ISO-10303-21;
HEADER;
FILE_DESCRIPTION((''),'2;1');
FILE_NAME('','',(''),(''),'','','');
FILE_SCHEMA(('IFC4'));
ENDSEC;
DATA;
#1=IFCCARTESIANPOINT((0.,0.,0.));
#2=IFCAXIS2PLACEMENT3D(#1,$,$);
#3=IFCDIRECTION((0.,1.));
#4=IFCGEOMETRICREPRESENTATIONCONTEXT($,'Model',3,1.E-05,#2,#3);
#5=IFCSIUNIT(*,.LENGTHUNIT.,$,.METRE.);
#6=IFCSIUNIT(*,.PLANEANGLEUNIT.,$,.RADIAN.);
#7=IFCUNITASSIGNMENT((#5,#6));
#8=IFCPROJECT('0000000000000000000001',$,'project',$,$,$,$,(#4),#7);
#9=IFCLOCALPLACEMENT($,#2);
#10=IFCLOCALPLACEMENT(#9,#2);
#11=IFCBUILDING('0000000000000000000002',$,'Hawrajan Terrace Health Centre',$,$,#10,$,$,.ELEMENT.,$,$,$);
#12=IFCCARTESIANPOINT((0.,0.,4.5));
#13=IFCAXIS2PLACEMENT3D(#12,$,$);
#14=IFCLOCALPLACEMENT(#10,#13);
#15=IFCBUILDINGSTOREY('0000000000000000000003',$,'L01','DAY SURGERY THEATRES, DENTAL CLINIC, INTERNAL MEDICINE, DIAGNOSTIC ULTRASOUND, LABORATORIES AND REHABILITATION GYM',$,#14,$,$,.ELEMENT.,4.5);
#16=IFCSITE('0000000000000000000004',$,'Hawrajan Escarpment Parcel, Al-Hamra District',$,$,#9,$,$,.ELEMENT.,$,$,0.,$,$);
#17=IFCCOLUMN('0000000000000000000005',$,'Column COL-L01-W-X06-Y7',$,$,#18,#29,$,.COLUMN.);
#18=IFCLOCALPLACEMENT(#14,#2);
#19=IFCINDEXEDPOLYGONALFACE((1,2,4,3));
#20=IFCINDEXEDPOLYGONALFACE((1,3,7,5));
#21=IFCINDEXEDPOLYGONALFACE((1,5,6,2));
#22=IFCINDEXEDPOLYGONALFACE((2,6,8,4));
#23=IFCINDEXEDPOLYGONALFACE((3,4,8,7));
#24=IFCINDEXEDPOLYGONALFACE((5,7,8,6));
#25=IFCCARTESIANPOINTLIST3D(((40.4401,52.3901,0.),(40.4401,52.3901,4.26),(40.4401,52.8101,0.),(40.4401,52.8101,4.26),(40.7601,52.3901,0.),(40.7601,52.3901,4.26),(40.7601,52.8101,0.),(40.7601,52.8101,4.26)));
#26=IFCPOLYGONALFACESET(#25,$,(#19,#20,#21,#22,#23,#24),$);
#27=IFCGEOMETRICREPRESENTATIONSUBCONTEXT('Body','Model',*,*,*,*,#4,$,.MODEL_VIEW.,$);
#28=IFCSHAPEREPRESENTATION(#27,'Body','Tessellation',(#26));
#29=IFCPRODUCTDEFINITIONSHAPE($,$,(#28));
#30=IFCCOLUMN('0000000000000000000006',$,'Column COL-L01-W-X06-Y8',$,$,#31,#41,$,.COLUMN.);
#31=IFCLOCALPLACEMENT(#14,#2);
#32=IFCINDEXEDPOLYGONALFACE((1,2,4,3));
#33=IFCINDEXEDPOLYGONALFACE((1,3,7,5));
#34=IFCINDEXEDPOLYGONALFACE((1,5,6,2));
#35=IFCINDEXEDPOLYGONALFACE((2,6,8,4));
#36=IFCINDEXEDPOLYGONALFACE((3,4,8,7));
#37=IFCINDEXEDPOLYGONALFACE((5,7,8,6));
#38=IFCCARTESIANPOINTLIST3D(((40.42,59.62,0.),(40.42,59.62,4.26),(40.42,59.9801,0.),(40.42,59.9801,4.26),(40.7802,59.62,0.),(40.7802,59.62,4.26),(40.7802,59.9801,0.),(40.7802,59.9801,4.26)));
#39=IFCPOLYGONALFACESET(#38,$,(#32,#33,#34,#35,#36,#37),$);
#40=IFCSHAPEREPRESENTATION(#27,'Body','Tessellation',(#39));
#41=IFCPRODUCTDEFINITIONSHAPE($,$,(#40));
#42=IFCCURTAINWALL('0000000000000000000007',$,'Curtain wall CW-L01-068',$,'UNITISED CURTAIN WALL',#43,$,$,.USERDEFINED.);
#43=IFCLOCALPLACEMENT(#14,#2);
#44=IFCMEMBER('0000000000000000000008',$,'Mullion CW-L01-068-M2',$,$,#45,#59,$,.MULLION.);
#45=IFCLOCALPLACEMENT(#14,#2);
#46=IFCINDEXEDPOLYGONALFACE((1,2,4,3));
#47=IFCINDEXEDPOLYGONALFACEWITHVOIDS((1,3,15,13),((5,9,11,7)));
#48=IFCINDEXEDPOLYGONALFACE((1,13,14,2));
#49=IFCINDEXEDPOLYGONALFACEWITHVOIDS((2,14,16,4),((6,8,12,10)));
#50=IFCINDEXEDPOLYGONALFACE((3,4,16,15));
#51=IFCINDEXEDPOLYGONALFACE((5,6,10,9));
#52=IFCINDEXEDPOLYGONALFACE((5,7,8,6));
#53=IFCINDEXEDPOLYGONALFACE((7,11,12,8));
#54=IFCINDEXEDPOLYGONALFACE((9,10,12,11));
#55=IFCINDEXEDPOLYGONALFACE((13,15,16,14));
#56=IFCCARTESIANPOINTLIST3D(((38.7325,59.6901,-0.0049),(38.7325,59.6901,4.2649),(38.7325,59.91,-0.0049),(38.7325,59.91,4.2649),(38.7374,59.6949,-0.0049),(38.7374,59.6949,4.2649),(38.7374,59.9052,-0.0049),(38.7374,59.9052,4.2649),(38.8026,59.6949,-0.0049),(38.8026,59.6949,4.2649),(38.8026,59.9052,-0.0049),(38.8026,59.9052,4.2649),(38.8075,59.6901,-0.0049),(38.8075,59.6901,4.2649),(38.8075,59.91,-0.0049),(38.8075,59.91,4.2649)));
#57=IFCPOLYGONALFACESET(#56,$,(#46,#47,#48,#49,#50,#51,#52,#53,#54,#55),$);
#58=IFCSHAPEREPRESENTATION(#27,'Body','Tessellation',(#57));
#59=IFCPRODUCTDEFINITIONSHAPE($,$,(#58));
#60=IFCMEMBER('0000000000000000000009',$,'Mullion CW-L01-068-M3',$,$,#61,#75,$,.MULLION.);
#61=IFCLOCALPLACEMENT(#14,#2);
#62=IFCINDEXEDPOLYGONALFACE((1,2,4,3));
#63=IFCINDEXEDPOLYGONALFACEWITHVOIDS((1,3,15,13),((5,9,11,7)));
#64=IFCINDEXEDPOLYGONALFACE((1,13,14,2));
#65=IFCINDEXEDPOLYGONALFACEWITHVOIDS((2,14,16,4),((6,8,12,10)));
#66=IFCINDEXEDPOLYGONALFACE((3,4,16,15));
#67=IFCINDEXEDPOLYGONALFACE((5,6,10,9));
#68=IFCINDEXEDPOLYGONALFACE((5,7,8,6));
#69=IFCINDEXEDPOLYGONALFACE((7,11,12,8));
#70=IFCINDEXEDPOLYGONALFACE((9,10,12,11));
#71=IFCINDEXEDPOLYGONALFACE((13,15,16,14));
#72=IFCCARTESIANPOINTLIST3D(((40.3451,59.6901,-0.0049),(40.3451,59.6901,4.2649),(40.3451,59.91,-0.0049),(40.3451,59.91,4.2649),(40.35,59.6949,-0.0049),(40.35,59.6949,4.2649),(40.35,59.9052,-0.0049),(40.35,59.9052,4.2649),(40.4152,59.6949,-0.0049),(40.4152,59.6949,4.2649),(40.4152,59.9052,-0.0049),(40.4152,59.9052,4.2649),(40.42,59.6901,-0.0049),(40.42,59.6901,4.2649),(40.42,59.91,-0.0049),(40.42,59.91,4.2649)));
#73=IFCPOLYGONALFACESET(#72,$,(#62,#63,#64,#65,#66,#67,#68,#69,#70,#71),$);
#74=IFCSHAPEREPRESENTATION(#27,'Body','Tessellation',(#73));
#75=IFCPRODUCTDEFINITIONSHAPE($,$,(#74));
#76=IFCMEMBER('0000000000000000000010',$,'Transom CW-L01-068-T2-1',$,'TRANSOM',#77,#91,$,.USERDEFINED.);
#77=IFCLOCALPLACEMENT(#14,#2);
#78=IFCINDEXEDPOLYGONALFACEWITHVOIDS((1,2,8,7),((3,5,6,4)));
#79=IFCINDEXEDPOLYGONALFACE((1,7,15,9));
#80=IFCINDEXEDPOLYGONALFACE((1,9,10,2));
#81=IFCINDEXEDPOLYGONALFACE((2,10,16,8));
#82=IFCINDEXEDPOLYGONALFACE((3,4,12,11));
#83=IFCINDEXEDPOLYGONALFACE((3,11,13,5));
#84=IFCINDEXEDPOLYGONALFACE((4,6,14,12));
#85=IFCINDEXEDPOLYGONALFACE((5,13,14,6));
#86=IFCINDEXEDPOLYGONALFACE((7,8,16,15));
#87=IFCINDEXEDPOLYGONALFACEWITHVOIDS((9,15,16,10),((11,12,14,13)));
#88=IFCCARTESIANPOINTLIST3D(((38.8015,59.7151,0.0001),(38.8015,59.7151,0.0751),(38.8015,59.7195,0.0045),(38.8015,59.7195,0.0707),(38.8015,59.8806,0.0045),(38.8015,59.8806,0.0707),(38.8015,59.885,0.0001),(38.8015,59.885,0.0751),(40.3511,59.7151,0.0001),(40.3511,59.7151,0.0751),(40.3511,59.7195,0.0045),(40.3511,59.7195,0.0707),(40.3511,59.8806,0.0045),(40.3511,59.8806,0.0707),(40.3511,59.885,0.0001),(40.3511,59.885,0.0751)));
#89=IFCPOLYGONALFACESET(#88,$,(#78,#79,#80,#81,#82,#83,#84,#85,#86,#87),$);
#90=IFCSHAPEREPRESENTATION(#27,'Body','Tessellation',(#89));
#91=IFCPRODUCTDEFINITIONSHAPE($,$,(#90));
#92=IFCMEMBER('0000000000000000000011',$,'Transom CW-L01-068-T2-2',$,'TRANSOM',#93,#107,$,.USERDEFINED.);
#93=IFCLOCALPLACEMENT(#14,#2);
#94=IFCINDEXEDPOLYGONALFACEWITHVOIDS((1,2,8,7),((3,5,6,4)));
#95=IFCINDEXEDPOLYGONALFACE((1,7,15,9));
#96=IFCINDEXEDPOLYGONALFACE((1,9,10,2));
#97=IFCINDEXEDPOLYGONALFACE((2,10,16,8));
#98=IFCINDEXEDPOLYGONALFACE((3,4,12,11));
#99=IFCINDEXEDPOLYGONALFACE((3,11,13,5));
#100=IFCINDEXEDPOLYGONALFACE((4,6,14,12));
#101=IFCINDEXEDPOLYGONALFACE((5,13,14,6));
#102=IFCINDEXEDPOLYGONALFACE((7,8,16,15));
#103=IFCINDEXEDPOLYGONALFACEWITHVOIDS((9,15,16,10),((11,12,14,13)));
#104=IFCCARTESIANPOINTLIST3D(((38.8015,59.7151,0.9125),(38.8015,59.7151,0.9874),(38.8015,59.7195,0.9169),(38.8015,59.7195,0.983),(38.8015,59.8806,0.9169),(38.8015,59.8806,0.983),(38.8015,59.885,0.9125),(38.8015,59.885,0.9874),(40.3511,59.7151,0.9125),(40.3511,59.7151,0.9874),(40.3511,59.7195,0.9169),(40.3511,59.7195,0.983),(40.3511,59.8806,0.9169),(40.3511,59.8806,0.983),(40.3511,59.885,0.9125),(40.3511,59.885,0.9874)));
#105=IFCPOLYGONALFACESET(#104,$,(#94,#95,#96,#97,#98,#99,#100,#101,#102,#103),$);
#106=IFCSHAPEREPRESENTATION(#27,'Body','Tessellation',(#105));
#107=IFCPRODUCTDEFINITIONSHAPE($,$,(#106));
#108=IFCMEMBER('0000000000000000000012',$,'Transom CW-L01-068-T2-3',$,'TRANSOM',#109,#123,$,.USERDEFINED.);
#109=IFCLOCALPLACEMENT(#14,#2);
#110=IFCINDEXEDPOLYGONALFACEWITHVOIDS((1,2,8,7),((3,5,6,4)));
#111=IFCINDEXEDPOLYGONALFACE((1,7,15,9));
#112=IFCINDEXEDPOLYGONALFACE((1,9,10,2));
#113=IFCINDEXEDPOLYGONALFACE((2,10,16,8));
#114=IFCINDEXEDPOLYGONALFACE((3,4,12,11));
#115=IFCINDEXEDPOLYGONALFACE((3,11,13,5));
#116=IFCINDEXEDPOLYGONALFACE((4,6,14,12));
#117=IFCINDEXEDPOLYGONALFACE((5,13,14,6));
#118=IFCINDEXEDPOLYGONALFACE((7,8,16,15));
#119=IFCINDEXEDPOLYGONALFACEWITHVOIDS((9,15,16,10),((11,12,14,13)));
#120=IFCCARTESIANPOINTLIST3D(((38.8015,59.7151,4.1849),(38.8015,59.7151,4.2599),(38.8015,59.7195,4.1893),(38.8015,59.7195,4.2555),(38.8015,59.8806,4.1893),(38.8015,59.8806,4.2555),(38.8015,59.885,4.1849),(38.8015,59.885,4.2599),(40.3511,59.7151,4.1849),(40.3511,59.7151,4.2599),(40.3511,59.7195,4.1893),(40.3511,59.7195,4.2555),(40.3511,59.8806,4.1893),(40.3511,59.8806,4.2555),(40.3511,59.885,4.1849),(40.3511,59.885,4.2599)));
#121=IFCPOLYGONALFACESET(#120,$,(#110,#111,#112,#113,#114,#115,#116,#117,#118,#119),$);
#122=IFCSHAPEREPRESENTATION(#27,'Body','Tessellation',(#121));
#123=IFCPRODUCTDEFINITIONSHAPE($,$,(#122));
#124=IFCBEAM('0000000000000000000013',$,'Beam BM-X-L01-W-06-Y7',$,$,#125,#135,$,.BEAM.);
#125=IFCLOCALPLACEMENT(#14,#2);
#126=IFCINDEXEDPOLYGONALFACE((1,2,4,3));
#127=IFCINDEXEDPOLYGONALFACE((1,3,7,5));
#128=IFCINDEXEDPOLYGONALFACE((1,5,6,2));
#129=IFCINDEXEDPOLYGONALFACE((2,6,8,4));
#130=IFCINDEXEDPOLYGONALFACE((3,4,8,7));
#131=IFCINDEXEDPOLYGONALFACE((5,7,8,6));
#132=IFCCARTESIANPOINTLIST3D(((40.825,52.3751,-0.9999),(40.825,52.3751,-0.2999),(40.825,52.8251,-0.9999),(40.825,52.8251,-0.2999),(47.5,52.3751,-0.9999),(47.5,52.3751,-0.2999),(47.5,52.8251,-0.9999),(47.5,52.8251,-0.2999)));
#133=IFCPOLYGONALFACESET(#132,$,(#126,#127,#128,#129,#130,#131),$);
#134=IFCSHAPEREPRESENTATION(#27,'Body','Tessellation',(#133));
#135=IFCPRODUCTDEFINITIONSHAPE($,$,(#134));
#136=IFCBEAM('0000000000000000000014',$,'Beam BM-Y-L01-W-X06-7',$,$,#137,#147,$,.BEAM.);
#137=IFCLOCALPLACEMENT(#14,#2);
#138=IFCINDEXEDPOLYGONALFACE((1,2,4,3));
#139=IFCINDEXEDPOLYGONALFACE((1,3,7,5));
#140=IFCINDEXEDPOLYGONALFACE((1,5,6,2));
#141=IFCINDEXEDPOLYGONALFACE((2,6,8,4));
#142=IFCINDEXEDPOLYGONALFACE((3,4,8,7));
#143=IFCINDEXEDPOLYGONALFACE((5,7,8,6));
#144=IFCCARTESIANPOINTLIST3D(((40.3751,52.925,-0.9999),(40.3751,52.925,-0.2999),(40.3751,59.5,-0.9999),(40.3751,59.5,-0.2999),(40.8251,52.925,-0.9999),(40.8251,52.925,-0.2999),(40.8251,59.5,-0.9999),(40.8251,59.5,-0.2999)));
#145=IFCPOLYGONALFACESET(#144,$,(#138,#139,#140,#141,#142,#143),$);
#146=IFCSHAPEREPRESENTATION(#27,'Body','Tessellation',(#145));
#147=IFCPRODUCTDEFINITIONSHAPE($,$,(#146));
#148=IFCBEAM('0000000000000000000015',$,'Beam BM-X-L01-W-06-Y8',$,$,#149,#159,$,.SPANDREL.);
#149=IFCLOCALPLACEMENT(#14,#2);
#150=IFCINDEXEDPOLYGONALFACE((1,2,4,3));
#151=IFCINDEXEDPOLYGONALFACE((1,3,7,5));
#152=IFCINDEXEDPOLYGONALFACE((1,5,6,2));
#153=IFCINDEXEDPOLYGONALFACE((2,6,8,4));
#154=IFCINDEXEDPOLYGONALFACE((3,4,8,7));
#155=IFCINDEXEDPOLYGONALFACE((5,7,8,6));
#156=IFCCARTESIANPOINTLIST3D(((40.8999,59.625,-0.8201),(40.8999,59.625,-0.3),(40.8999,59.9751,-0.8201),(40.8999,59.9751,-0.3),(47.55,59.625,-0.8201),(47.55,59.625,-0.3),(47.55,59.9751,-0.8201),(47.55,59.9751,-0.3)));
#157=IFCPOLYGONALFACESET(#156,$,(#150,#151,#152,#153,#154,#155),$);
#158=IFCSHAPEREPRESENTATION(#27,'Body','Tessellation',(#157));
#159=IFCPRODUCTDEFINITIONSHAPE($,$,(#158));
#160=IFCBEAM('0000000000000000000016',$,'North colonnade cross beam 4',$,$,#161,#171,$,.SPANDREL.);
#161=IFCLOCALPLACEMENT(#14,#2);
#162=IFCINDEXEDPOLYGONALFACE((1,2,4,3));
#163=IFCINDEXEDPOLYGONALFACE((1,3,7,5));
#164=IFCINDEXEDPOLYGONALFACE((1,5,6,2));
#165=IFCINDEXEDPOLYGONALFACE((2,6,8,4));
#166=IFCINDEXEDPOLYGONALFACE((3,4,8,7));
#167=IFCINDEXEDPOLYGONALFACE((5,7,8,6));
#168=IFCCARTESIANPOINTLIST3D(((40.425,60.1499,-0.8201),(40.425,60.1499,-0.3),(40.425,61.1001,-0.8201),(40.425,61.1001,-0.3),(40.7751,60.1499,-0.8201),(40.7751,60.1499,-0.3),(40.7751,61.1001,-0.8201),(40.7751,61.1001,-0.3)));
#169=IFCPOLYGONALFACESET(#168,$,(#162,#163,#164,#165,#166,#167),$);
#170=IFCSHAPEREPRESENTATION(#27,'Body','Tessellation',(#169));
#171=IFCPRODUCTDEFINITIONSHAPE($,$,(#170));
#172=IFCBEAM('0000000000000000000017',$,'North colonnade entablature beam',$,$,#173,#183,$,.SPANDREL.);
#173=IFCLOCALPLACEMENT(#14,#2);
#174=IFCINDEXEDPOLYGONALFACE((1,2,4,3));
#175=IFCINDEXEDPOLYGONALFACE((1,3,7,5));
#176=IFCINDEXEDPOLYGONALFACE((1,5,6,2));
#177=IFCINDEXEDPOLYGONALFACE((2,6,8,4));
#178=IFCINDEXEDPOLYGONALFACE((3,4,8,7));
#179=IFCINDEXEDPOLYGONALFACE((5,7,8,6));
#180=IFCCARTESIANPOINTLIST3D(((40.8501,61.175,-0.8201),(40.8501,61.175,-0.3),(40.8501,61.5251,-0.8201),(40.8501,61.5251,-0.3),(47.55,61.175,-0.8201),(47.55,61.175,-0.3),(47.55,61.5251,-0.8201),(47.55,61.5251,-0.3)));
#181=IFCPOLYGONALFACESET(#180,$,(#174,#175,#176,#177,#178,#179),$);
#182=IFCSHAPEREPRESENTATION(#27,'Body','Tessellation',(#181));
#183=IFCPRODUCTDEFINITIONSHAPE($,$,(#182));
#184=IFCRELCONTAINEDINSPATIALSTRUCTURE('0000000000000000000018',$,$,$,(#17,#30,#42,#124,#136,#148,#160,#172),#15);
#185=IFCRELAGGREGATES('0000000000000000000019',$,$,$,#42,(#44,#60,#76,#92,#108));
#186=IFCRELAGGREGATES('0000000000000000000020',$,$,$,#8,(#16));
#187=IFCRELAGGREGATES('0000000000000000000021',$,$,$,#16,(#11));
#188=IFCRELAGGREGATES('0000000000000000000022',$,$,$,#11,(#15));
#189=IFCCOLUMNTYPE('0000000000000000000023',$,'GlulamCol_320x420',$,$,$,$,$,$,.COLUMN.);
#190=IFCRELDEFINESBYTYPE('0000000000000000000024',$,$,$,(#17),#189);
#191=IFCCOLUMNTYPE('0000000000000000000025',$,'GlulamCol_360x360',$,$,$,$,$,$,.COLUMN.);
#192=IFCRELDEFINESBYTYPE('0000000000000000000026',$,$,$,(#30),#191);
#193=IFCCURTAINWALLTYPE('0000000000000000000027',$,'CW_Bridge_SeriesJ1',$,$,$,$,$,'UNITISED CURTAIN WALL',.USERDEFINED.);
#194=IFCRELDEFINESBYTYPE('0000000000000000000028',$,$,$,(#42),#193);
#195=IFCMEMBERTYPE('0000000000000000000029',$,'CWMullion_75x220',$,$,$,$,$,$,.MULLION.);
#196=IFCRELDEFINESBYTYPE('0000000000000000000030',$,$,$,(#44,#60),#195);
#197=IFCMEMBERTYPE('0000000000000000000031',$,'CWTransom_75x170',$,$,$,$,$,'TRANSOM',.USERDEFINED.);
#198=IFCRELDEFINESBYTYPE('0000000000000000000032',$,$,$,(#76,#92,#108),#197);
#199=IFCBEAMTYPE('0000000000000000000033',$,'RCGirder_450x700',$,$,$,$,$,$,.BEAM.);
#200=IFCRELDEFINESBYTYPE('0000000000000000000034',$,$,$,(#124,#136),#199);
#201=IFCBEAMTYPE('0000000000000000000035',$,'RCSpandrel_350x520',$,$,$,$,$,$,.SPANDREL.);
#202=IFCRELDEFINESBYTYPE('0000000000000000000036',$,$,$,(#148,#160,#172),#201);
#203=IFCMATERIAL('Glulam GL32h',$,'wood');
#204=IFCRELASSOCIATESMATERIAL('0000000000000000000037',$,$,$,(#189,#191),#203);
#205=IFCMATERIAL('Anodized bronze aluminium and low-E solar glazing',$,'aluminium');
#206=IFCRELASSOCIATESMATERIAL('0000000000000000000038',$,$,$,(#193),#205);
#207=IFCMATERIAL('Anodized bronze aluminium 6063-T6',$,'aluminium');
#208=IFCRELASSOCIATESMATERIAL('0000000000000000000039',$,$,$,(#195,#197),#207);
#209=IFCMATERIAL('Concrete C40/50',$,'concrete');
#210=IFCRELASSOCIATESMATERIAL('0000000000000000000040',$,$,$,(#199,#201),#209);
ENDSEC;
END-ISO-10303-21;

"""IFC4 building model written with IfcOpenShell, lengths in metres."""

from ifc_helpers import new_model, si_unit, direction, frame, origin, origin_2d, place, context, subcontext, project, spatial, rectangle, hollow_rectangle, extrude, material, material_profile, profile_set, type_object, element, aggregate, save


model = new_model("IFC4")

# Units and contexts
model_context = context("Model", 3, precision=1e-05, world=origin(), true_north=direction((0.0, 1.0)))
body_context = subcontext(model_context, "Body", "Model", "MODEL_VIEW")
ifc_project = project(units=[si_unit("LENGTHUNIT", "METRE"), si_unit("PLANEANGLEUNIT", "RADIAN")], contexts=[model_context])

# Site, building, storey
site_placement = place(None, origin())
site = spatial("IfcSite", under=ifc_project, at=site_placement, Name="Hawrajan Escarpment Parcel, Al-Hamra District", CompositionType="ELEMENT", RefElevation=0.0)
building_placement = place(site_placement, origin())
building = spatial("IfcBuilding", under=site, at=building_placement, Name="Hawrajan Terrace Health Centre", CompositionType="ELEMENT")
storey_placement = place(building_placement, frame((0.0, 0.0, 4.5)))
storey = spatial("IfcBuildingStorey", under=building, at=storey_placement, Name="L01", Description="DAY SURGERY THEATRES, DENTAL CLINIC, INTERNAL MEDICINE, DIAGNOSTIC ULTRASOUND, LABORATORIES AND REHABILITATION GYM", CompositionType="ELEMENT", Elevation=4.5)

# Columns
ifc_material_1 = material(Name="Glulam GL32h", Category="wood")
ifc_material_profile_1 = material_profile(ifc_material_1, rectangle(XDim=0.3201, YDim=0.4199, at=origin_2d()), Name="GL 320x420")
ifc_profile_set_1 = profile_set([ifc_material_profile_1], Name="Glulam GL32h")
column_type_1 = type_object("IfcColumnType", Name="GlulamCol_320x420", PredefinedType="COLUMN", material=ifc_profile_set_1)
column_1_placement = place(storey_placement, frame((40.6001, 52.6001, 0.0), z_axis=(0.0, 0.0, 1.0), x_axis=(1.0, 0.0, 0.0)))
element("IfcColumn", 1, at=column_1_placement, inside=storey, type_object=column_type_1, Name="Column COL-L01-W-X06-Y7", PredefinedType="COLUMN", context=body_context, shape_type="SweptSolid", body=[
    extrude(rectangle(XDim=0.3201, YDim=0.4199, at=origin_2d()), origin(), (0.0, 0.0, 1.0), 4.26),
])
ifc_material_profile_2 = material_profile(ifc_material_1, rectangle(XDim=0.3601, YDim=0.3601, at=origin_2d()), Name="GL 360x360")
ifc_profile_set_2 = profile_set([ifc_material_profile_2], Name="Glulam GL32h")
column_type_2 = type_object("IfcColumnType", Name="GlulamCol_360x360", PredefinedType="COLUMN", material=ifc_profile_set_2)
column_2_placement = place(storey_placement, frame((40.6001, 59.8, 0.0), z_axis=(0.0, 0.0, 1.0), x_axis=(1.0, 0.0, 0.0)))
element("IfcColumn", 2, at=column_2_placement, inside=storey, type_object=column_type_2, Name="Column COL-L01-W-X06-Y8", PredefinedType="COLUMN", context=body_context, shape_type="SweptSolid", body=[
    extrude(rectangle(XDim=0.3601, YDim=0.3601, at=origin_2d()), origin(), (0.0, 0.0, 1.0), 4.26),
])

# Curtain wall, members
ifc_material_2 = material(Name="Anodized bronze aluminium and low-E solar glazing", Category="aluminium")
curtain_wall_type = type_object("IfcCurtainWallType", Name="CW_Bridge_SeriesJ1", ElementType="UNITISED CURTAIN WALL", PredefinedType="USERDEFINED", material=ifc_material_2)
curtain_wall_placement = place(storey_placement, origin())
curtain_wall = element("IfcCurtainWall", 3, at=curtain_wall_placement, inside=storey, type_object=curtain_wall_type, Name="Curtain wall CW-L01-068", ObjectType="UNITISED CURTAIN WALL", PredefinedType="USERDEFINED")
ifc_material_3 = material(Name="Anodized bronze aluminium 6063-T6", Category="aluminium")
ifc_material_profile_3 = material_profile(ifc_material_3, hollow_rectangle(XDim=0.075, YDim=0.22, WallThickness=0.0049, at=origin_2d()), Name="CW MUL 75x220")
ifc_profile_set_3 = profile_set([ifc_material_profile_3], Name="Anodized bronze aluminium 6063-T6")
member_type_1 = type_object("IfcMemberType", Name="CWMullion_75x220", PredefinedType="MULLION", material=ifc_profile_set_3)
member_1_placement = place(storey_placement, frame((38.77, 59.8, -0.0049), z_axis=(0.0, 0.0, 1.0), x_axis=(1.0, 0.0, 0.0)))
member_1 = element("IfcMember", 4, at=member_1_placement, type_object=member_type_1, Name="Mullion CW-L01-068-M2", PredefinedType="MULLION", context=body_context, shape_type="SweptSolid", body=[
    extrude(hollow_rectangle(XDim=0.075, YDim=0.22, WallThickness=0.0049, at=origin_2d()), origin(), (0.0, 0.0, 1.0), 4.2698),
])
member_2_placement = place(storey_placement, frame((40.3826, 59.8, -0.0049), z_axis=(0.0, 0.0, 1.0), x_axis=(1.0, 0.0, 0.0)))
member_2 = element("IfcMember", 5, at=member_2_placement, type_object=member_type_1, Name="Mullion CW-L01-068-M3", PredefinedType="MULLION", context=body_context, shape_type="SweptSolid", body=[
    extrude(hollow_rectangle(XDim=0.075, YDim=0.22, WallThickness=0.0049, at=origin_2d()), origin(), (0.0, 0.0, 1.0), 4.2698),
])
ifc_material_profile_4 = material_profile(ifc_material_3, hollow_rectangle(XDim=0.075, YDim=0.1699, WallThickness=0.0044, at=origin_2d()), Name="CW TRN 75x170")
ifc_profile_set_4 = profile_set([ifc_material_profile_4], Name="Anodized bronze aluminium 6063-T6")
member_type_2 = type_object("IfcMemberType", Name="CWTransom_75x170", ElementType="TRANSOM", PredefinedType="USERDEFINED", material=ifc_profile_set_4)
member_3_placement = place(storey_placement, frame((38.8015, 59.8, 0.0376), z_axis=(1.0, 0.0, 0.0), x_axis=(0.0, 0.0, 1.0)))
member_3 = element("IfcMember", 6, at=member_3_placement, type_object=member_type_2, Name="Transom CW-L01-068-T2-1", ObjectType="TRANSOM", PredefinedType="USERDEFINED", context=body_context, shape_type="SweptSolid", body=[
    extrude(hollow_rectangle(XDim=0.075, YDim=0.1699, WallThickness=0.0044, at=origin_2d()), origin(), (0.0, 0.0, 1.0), 1.5496),
])
member_4_placement = place(storey_placement, frame((38.8015, 59.8, 0.95), z_axis=(1.0, 0.0, 0.0), x_axis=(0.0, 0.0, 1.0)))
member_4 = element("IfcMember", 7, at=member_4_placement, type_object=member_type_2, Name="Transom CW-L01-068-T2-2", ObjectType="TRANSOM", PredefinedType="USERDEFINED", context=body_context, shape_type="SweptSolid", body=[
    extrude(hollow_rectangle(XDim=0.075, YDim=0.1699, WallThickness=0.0044, at=origin_2d()), origin(), (0.0, 0.0, 1.0), 1.5496),
])
member_5_placement = place(storey_placement, frame((38.8015, 59.8, 4.2224), z_axis=(1.0, 0.0, 0.0), x_axis=(0.0, 0.0, 1.0)))
member_5 = element("IfcMember", 8, at=member_5_placement, type_object=member_type_2, Name="Transom CW-L01-068-T2-3", ObjectType="TRANSOM", PredefinedType="USERDEFINED", context=body_context, shape_type="SweptSolid", body=[
    extrude(hollow_rectangle(XDim=0.075, YDim=0.1699, WallThickness=0.0044, at=origin_2d()), origin(), (0.0, 0.0, 1.0), 1.5496),
])

# Beams
ifc_material_4 = material(Name="Concrete C40/50", Category="concrete")
ifc_material_profile_5 = material_profile(ifc_material_4, rectangle(XDim=0.45, YDim=0.7, at=origin_2d()), Name="RC BM 450x700")
ifc_profile_set_5 = profile_set([ifc_material_profile_5], Name="Concrete C40/50")
beam_type_1 = type_object("IfcBeamType", Name="RCGirder_450x700", PredefinedType="BEAM", material=ifc_profile_set_5)
beam_1_placement = place(storey_placement, frame((40.825, 52.6001, -0.6499), z_axis=(1.0, 0.0, 0.0), x_axis=(0.0, 1.0, 0.0)))
element("IfcBeam", 9, at=beam_1_placement, inside=storey, type_object=beam_type_1, Name="Beam BM-X-L01-W-06-Y7", PredefinedType="BEAM", context=body_context, shape_type="SweptSolid", body=[
    extrude(rectangle(XDim=0.45, YDim=0.7, at=origin_2d()), origin(), (0.0, 0.0, 1.0), 6.675),
])
beam_2_placement = place(storey_placement, frame((40.6001, 52.925, -0.6499), z_axis=(0.0, 1.0, 0.0), x_axis=(-1.0, 0.0, 0.0)))
element("IfcBeam", 10, at=beam_2_placement, inside=storey, type_object=beam_type_1, Name="Beam BM-Y-L01-W-X06-7", PredefinedType="BEAM", context=body_context, shape_type="SweptSolid", body=[
    extrude(rectangle(XDim=0.45, YDim=0.7, at=origin_2d()), origin(), (0.0, 0.0, 1.0), 6.575),
])
ifc_material_profile_6 = material_profile(ifc_material_4, rectangle(XDim=0.3501, YDim=0.52, at=origin_2d()), Name="RC SP 350x520")
ifc_profile_set_6 = profile_set([ifc_material_profile_6], Name="Concrete C40/50")
beam_type_2 = type_object("IfcBeamType", Name="RCSpandrel_350x520", PredefinedType="SPANDREL", material=ifc_profile_set_6)
beam_3_placement = place(storey_placement, frame((40.8999, 59.8, -0.5601), z_axis=(1.0, 0.0, 0.0), x_axis=(0.0, 1.0, 0.0)))
element("IfcBeam", 11, at=beam_3_placement, inside=storey, type_object=beam_type_2, Name="Beam BM-X-L01-W-06-Y8", PredefinedType="SPANDREL", context=body_context, shape_type="SweptSolid", body=[
    extrude(rectangle(XDim=0.3501, YDim=0.52, at=origin_2d()), origin(), (0.0, 0.0, 1.0), 6.6501),
])
beam_4_placement = place(storey_placement, frame((40.6001, 60.1499, -0.5601), z_axis=(0.0, 1.0, 0.0), x_axis=(-1.0, 0.0, 0.0)))
element("IfcBeam", 12, at=beam_4_placement, inside=storey, type_object=beam_type_2, Name="North colonnade cross beam 4", PredefinedType="SPANDREL", context=body_context, shape_type="SweptSolid", body=[
    extrude(rectangle(XDim=0.3501, YDim=0.52, at=origin_2d()), origin(), (0.0, 0.0, 1.0), 0.9502),
])
beam_5_placement = place(storey_placement, frame((40.8501, 61.3501, -0.5601), z_axis=(1.0, 0.0, 0.0), x_axis=(0.0, 1.0, 0.0)))
element("IfcBeam", 13, at=beam_5_placement, inside=storey, type_object=beam_type_2, Name="North colonnade entablature beam", PredefinedType="SPANDREL", context=body_context, shape_type="SweptSolid", body=[
    extrude(rectangle(XDim=0.3501, YDim=0.52, at=origin_2d()), origin(), (0.0, 0.0, 1.0), 6.7),
])

aggregate(curtain_wall, [member_1, member_2, member_3, member_4, member_5])

save(model, "model.ifc")
